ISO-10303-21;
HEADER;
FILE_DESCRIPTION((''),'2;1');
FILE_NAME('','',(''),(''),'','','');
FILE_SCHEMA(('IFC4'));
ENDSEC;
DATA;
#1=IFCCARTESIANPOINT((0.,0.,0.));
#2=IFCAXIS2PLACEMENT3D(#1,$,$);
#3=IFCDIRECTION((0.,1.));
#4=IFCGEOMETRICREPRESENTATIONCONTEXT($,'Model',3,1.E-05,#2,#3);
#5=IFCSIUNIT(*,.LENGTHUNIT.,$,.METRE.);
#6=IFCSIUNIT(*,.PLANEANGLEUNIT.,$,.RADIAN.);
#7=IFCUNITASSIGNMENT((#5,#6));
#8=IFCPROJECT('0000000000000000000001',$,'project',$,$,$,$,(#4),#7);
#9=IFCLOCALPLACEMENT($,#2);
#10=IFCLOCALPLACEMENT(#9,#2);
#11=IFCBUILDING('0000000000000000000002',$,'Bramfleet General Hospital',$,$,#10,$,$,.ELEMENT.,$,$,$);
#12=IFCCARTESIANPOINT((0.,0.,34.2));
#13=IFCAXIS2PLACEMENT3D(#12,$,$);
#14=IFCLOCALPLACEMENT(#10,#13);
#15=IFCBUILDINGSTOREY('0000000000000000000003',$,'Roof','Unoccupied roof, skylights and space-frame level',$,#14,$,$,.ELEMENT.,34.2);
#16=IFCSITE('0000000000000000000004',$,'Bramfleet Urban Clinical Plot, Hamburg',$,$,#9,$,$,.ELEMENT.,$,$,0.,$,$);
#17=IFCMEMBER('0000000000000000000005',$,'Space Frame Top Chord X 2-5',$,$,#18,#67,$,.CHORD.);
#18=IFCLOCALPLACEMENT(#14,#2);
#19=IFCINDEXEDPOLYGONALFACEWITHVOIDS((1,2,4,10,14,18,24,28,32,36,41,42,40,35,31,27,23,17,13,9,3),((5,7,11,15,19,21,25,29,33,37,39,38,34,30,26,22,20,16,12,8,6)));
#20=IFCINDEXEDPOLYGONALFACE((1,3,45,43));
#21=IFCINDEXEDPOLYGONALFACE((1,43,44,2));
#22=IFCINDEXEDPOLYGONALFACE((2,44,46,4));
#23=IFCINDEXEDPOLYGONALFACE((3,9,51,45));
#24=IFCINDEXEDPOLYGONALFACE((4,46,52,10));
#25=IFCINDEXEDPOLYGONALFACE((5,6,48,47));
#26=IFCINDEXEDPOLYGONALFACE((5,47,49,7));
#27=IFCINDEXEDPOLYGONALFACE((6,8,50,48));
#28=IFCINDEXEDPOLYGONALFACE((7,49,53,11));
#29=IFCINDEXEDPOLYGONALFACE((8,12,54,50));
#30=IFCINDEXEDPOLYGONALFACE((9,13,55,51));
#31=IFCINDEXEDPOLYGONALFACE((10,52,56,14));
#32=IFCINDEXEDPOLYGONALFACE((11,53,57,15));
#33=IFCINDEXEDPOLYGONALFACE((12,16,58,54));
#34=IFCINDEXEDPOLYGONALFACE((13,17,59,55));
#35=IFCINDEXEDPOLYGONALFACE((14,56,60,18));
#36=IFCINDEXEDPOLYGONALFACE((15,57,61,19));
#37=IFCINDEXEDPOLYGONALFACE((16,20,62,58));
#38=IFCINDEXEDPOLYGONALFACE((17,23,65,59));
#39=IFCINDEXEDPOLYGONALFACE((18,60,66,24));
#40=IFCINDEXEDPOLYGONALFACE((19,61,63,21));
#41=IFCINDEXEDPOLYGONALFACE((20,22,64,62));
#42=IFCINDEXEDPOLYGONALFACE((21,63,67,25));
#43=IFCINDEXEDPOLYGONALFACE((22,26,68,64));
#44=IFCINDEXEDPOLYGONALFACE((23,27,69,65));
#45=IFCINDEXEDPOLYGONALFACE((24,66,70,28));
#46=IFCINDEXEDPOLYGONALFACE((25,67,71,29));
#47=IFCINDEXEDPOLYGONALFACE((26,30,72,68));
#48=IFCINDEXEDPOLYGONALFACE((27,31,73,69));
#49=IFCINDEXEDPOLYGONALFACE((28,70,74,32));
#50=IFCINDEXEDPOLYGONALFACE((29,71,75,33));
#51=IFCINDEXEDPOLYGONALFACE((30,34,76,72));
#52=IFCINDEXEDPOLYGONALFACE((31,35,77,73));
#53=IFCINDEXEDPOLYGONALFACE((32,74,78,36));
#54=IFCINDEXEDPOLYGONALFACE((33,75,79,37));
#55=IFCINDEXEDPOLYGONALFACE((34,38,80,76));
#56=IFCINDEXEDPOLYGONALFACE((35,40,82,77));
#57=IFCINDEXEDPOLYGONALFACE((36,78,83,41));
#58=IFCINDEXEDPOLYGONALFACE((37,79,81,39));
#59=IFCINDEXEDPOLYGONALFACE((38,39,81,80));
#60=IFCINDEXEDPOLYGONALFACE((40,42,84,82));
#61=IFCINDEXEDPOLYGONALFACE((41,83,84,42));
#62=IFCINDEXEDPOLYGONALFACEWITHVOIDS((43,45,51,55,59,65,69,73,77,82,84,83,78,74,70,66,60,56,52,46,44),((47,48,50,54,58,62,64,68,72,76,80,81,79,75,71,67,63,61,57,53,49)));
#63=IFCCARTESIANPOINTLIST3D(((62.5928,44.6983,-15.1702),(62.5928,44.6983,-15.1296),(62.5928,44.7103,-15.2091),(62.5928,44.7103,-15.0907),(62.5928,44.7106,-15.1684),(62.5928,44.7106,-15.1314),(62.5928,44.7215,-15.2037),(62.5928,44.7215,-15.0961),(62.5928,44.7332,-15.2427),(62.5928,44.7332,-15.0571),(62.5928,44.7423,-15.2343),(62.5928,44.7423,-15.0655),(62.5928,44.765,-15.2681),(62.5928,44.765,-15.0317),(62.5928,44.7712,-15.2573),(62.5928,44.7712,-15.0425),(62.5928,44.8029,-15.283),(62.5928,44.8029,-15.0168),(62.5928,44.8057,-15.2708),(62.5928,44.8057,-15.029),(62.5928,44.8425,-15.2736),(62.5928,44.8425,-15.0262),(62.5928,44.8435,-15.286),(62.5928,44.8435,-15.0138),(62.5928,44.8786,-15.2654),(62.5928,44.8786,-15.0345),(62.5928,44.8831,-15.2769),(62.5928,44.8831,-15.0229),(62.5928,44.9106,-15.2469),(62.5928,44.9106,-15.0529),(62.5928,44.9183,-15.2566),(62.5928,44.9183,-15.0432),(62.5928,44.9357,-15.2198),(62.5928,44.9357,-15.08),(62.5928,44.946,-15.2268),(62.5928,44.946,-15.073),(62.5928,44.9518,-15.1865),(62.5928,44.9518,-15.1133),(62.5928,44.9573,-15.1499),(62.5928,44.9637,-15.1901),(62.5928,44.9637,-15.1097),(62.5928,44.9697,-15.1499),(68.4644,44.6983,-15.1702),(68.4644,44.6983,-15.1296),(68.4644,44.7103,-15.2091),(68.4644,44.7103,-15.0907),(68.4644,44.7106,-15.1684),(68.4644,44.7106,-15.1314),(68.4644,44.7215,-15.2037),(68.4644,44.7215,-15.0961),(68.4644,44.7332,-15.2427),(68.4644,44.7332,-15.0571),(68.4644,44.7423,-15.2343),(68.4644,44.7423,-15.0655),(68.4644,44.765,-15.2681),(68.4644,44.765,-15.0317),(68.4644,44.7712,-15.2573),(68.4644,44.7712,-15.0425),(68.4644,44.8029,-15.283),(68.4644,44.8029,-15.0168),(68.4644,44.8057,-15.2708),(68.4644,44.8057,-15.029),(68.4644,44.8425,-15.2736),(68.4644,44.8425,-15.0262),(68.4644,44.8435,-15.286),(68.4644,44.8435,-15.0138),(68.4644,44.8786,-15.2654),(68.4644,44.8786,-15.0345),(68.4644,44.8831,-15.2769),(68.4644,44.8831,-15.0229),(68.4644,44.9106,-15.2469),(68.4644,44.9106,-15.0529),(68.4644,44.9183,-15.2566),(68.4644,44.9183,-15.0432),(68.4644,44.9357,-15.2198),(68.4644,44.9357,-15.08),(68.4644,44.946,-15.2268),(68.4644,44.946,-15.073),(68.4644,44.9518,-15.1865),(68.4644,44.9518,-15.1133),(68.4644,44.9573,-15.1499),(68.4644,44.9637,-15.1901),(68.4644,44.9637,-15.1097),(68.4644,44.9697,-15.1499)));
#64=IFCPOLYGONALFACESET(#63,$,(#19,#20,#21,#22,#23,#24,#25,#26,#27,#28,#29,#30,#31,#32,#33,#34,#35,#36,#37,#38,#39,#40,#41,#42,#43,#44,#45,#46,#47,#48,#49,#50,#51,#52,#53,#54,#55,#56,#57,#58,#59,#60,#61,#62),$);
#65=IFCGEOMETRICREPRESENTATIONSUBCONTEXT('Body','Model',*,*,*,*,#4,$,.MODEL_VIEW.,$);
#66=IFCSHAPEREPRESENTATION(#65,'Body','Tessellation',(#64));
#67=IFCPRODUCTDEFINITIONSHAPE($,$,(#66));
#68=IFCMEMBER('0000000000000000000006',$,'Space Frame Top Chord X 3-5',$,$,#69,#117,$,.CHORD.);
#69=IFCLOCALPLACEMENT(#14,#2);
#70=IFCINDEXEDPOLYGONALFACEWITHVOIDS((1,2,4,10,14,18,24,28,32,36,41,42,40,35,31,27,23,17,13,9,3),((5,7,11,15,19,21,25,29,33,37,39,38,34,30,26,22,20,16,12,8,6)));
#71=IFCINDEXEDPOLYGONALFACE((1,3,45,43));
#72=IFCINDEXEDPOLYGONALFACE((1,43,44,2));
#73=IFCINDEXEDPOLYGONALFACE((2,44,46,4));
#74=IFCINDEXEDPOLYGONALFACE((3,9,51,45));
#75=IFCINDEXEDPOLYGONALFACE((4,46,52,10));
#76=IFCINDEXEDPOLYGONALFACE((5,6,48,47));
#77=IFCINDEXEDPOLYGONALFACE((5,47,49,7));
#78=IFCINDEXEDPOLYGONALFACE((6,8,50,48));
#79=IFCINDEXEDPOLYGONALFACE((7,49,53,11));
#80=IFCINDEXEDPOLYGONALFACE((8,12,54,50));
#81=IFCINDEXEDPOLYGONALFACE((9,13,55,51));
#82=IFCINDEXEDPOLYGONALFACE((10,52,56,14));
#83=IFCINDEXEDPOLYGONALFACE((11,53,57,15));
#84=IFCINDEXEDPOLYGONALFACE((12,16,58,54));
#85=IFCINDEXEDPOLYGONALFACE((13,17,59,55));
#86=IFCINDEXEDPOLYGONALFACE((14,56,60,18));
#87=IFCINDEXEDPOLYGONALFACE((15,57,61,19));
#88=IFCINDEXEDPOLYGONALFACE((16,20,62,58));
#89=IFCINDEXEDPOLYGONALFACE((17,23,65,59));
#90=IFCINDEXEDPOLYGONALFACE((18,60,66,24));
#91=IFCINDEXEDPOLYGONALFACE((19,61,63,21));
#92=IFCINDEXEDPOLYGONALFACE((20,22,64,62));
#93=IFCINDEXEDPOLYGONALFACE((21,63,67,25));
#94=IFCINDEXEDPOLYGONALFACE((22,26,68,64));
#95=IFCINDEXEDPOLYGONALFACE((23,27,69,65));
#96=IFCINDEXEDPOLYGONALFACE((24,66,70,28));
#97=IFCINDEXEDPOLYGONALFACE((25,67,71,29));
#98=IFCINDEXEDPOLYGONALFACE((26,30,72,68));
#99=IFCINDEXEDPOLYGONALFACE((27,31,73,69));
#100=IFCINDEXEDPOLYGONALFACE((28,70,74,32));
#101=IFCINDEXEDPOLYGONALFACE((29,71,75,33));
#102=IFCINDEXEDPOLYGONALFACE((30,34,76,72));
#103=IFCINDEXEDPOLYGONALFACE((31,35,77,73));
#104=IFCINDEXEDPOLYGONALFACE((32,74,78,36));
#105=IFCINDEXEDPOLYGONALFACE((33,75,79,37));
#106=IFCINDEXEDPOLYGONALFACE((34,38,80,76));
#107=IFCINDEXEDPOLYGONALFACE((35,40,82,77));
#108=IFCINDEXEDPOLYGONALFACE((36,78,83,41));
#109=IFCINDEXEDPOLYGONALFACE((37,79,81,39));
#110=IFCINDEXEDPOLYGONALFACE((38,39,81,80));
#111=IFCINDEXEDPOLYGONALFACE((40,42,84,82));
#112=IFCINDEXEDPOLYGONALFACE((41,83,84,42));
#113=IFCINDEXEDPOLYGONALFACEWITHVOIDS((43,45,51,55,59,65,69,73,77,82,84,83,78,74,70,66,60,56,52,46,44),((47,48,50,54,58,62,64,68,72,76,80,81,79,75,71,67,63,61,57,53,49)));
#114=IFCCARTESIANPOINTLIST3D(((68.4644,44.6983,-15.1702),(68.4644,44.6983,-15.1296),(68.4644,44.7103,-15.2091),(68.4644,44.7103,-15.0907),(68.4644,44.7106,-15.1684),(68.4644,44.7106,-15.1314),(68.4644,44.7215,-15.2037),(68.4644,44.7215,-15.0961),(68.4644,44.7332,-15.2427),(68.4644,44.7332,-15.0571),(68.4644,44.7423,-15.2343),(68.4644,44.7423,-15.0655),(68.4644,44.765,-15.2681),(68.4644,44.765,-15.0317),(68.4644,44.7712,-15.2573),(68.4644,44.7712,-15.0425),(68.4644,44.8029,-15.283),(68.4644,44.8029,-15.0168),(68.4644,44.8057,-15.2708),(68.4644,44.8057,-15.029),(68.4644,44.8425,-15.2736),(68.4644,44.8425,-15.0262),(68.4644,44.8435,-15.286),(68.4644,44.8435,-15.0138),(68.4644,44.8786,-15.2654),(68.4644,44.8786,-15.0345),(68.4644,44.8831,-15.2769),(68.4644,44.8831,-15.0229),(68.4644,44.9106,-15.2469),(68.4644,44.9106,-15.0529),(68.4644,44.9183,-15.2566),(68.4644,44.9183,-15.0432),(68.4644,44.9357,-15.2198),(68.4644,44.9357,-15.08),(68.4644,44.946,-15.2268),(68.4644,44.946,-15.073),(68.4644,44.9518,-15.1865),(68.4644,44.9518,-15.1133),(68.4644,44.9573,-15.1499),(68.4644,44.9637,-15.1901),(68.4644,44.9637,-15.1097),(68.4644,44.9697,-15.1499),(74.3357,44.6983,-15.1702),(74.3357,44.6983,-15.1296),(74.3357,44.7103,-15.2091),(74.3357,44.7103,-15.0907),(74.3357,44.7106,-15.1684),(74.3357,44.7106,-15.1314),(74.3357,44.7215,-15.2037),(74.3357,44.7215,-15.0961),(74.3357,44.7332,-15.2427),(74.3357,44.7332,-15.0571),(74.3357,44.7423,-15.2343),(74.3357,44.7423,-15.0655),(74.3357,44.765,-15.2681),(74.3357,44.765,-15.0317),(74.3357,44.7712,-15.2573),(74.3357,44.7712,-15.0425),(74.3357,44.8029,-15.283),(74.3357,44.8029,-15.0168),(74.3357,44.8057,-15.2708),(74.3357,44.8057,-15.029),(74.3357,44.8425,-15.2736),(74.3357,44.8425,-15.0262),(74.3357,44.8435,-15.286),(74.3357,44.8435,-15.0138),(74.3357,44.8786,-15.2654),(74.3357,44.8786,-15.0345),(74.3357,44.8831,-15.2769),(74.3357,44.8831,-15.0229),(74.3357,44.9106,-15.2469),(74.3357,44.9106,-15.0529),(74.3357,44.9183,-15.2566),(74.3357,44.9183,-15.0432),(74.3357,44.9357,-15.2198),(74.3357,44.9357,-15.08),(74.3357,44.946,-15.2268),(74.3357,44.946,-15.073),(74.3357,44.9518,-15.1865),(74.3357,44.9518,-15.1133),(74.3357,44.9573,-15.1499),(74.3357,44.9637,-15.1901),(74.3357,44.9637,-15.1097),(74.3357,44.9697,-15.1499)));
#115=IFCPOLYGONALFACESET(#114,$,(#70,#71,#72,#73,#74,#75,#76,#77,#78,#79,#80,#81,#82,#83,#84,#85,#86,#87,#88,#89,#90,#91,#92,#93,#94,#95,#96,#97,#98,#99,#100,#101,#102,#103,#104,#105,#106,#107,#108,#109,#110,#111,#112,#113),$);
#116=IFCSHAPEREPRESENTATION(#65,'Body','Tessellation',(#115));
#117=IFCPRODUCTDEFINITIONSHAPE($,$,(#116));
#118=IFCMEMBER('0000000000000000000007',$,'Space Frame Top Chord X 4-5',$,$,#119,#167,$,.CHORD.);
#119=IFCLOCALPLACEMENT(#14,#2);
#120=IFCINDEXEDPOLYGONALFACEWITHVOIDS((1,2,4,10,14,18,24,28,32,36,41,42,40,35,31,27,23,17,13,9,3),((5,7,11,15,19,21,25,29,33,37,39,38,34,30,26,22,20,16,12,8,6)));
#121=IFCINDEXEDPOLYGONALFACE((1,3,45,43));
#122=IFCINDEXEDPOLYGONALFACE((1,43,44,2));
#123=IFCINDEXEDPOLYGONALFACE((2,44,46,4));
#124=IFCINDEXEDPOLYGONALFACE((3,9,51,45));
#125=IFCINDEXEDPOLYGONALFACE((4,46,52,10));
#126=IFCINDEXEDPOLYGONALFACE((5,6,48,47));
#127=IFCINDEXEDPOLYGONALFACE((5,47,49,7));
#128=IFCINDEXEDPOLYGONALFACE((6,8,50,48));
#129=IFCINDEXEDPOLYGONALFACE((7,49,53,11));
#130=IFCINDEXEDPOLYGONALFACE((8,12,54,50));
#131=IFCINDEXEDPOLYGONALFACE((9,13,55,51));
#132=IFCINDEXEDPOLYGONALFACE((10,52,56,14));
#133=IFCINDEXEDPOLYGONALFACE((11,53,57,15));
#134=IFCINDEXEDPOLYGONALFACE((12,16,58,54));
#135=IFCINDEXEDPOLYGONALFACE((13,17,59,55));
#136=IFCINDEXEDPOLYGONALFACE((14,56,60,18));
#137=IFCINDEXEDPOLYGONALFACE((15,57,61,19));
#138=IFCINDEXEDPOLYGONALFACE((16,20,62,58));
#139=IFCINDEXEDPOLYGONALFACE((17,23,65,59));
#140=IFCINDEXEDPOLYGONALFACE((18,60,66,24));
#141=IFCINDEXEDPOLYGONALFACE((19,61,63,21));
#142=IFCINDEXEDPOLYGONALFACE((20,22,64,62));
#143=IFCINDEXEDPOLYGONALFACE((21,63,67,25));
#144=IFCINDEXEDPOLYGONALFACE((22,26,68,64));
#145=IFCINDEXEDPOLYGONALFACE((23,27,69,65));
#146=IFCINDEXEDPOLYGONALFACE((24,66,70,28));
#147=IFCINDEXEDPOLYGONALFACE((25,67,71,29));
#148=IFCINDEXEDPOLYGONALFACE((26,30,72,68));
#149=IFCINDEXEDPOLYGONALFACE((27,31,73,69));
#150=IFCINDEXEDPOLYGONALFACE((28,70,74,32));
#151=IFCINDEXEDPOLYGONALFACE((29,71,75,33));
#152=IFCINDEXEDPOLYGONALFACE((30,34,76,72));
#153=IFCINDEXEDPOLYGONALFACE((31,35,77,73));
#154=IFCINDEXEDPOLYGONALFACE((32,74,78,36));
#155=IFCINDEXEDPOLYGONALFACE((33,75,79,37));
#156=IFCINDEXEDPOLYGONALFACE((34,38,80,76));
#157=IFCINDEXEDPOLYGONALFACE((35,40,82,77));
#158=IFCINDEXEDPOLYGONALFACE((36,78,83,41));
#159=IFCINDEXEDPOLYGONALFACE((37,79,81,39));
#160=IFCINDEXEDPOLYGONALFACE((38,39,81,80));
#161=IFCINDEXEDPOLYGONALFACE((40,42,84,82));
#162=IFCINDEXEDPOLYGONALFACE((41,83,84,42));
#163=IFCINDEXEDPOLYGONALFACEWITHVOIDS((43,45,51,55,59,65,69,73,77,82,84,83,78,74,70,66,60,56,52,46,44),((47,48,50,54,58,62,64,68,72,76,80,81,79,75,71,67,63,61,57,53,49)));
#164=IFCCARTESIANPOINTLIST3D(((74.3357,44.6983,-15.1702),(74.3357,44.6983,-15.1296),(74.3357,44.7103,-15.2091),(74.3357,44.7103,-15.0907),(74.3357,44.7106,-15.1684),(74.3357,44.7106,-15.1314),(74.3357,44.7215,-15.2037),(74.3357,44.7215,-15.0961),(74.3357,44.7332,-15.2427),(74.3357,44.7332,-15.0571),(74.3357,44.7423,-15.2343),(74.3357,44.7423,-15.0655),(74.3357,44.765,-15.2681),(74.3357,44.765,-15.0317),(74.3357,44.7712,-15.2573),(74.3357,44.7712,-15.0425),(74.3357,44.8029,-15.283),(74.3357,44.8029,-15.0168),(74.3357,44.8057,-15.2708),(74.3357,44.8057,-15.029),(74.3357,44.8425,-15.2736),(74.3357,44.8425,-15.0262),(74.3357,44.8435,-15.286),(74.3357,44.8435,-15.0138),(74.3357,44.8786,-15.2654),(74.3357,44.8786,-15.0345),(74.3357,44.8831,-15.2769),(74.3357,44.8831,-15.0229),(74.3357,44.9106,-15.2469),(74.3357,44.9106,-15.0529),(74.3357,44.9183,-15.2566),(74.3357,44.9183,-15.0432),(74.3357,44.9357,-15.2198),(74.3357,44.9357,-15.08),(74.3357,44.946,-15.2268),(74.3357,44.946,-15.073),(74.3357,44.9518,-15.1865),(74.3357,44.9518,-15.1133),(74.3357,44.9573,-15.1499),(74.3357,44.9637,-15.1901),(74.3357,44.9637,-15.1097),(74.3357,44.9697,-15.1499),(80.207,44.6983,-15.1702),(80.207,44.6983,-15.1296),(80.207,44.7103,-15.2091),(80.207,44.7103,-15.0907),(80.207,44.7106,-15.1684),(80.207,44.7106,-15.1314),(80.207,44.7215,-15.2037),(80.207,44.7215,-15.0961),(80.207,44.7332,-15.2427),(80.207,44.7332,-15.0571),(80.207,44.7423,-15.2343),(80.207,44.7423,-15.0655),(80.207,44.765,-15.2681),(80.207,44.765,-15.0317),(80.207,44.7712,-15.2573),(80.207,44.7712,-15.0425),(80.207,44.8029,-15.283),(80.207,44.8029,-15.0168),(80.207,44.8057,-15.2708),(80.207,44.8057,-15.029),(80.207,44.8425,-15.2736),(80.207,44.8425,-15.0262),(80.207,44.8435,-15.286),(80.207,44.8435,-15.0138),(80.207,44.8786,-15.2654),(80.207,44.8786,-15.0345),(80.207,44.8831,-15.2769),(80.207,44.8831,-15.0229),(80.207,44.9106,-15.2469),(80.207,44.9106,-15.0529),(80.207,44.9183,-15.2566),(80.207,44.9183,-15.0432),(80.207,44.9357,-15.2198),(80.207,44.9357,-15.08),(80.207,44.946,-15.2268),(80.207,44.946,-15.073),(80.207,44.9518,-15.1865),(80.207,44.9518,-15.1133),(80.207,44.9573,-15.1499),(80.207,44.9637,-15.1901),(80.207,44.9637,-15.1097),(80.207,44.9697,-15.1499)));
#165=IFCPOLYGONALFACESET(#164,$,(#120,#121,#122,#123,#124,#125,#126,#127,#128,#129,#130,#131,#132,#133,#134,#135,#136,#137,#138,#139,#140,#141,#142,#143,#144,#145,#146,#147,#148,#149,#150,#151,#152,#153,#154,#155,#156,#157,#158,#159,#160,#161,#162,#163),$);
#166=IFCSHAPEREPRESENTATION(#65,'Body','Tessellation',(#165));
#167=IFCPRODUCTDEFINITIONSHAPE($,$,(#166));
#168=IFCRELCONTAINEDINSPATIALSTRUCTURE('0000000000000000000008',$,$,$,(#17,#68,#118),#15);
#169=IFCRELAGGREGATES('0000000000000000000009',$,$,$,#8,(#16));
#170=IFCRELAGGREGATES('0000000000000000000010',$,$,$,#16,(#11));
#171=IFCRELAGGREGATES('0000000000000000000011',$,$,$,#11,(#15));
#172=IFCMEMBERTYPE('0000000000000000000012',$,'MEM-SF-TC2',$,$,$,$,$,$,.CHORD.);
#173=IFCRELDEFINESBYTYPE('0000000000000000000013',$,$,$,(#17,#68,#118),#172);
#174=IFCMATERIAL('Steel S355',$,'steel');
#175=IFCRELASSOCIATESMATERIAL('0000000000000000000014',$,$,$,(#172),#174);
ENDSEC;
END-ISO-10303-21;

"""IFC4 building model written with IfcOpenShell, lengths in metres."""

from ifc_helpers import new_model, si_unit, direction, frame, origin, origin_2d, place, context, subcontext, project, spatial, hollow_circle, extrude, material, material_profile, profile_set, type_object, element, save


model = new_model("IFC4")

# Units and contexts
model_context = context("Model", 3, precision=1e-05, world=origin(), true_north=direction((0.0, 1.0)))
body_context = subcontext(model_context, "Body", "Model", "MODEL_VIEW")
ifc_project = project(units=[si_unit("LENGTHUNIT", "METRE"), si_unit("PLANEANGLEUNIT", "RADIAN")], contexts=[model_context])

# Site, building, storey
site_placement = place(None, origin())
site = spatial("IfcSite", under=ifc_project, at=site_placement, Name="Bramfleet Urban Clinical Plot, Hamburg", CompositionType="ELEMENT", RefElevation=0.0)
building_placement = place(site_placement, origin())
building = spatial("IfcBuilding", under=site, at=building_placement, Name="Bramfleet General Hospital", CompositionType="ELEMENT")
storey_placement = place(building_placement, frame((0.0, 0.0, 34.2)))
storey = spatial("IfcBuildingStorey", under=building, at=storey_placement, Name="Roof", Description="Unoccupied roof, skylights and space-frame level", CompositionType="ELEMENT", Elevation=34.2)

# Members
ifc_material = material(Name="Steel S355", Category="steel")
ifc_material_profile_1 = material_profile(ifc_material, hollow_circle(Radius=0.1365, WallThickness=0.0125, at=origin_2d()), Name="CHS 273.0x12.5")
ifc_profile_set_1 = profile_set([ifc_material_profile_1], Name="Steel S355")
member_type_1 = type_object("IfcMemberType", Name="MEM-SF-TC2", PredefinedType="CHORD", material=ifc_profile_set_1)
member_1_placement = place(storey_placement, frame((62.5928, 44.8333, -15.1499), z_axis=(1.0, 0.0, 0.0), x_axis=(0.0, 1.0, 0.0)))
element("IfcMember", 1, at=member_1_placement, inside=storey, type_object=member_type_1, Name="Space Frame Top Chord X 2-5", PredefinedType="CHORD", context=body_context, shape_type="SweptSolid", body=[
    extrude(hollow_circle(Radius=0.1365, WallThickness=0.0125, at=origin_2d()), origin(), (0.0, 0.0, 1.0), 5.8716),
])
for number, where, z_axis, x_axis, name in (
    (2, (68.4644, 44.8333, -15.1499), (1.0, 0.0, 0.0), (0.0, 1.0, 0.0), "Space Frame Top Chord X 3-5"),
    (3, (74.3357, 44.8333, -15.1499), (1.0, 0.0, 0.0), (0.0, 1.0, 0.0), "Space Frame Top Chord X 4-5"),
):
    element("IfcMember", number, at=place(storey_placement, frame(where, z_axis=z_axis, x_axis=x_axis)), inside=storey, type_object=member_type_1, Name=name, PredefinedType="CHORD", context=body_context, shape_type="SweptSolid", body=[
        extrude(hollow_circle(Radius=0.1365, WallThickness=0.0125, at=origin_2d()), origin(), (0.0, 0.0, 1.0), 5.8713),
    ])

save(model, "model.ifc")
